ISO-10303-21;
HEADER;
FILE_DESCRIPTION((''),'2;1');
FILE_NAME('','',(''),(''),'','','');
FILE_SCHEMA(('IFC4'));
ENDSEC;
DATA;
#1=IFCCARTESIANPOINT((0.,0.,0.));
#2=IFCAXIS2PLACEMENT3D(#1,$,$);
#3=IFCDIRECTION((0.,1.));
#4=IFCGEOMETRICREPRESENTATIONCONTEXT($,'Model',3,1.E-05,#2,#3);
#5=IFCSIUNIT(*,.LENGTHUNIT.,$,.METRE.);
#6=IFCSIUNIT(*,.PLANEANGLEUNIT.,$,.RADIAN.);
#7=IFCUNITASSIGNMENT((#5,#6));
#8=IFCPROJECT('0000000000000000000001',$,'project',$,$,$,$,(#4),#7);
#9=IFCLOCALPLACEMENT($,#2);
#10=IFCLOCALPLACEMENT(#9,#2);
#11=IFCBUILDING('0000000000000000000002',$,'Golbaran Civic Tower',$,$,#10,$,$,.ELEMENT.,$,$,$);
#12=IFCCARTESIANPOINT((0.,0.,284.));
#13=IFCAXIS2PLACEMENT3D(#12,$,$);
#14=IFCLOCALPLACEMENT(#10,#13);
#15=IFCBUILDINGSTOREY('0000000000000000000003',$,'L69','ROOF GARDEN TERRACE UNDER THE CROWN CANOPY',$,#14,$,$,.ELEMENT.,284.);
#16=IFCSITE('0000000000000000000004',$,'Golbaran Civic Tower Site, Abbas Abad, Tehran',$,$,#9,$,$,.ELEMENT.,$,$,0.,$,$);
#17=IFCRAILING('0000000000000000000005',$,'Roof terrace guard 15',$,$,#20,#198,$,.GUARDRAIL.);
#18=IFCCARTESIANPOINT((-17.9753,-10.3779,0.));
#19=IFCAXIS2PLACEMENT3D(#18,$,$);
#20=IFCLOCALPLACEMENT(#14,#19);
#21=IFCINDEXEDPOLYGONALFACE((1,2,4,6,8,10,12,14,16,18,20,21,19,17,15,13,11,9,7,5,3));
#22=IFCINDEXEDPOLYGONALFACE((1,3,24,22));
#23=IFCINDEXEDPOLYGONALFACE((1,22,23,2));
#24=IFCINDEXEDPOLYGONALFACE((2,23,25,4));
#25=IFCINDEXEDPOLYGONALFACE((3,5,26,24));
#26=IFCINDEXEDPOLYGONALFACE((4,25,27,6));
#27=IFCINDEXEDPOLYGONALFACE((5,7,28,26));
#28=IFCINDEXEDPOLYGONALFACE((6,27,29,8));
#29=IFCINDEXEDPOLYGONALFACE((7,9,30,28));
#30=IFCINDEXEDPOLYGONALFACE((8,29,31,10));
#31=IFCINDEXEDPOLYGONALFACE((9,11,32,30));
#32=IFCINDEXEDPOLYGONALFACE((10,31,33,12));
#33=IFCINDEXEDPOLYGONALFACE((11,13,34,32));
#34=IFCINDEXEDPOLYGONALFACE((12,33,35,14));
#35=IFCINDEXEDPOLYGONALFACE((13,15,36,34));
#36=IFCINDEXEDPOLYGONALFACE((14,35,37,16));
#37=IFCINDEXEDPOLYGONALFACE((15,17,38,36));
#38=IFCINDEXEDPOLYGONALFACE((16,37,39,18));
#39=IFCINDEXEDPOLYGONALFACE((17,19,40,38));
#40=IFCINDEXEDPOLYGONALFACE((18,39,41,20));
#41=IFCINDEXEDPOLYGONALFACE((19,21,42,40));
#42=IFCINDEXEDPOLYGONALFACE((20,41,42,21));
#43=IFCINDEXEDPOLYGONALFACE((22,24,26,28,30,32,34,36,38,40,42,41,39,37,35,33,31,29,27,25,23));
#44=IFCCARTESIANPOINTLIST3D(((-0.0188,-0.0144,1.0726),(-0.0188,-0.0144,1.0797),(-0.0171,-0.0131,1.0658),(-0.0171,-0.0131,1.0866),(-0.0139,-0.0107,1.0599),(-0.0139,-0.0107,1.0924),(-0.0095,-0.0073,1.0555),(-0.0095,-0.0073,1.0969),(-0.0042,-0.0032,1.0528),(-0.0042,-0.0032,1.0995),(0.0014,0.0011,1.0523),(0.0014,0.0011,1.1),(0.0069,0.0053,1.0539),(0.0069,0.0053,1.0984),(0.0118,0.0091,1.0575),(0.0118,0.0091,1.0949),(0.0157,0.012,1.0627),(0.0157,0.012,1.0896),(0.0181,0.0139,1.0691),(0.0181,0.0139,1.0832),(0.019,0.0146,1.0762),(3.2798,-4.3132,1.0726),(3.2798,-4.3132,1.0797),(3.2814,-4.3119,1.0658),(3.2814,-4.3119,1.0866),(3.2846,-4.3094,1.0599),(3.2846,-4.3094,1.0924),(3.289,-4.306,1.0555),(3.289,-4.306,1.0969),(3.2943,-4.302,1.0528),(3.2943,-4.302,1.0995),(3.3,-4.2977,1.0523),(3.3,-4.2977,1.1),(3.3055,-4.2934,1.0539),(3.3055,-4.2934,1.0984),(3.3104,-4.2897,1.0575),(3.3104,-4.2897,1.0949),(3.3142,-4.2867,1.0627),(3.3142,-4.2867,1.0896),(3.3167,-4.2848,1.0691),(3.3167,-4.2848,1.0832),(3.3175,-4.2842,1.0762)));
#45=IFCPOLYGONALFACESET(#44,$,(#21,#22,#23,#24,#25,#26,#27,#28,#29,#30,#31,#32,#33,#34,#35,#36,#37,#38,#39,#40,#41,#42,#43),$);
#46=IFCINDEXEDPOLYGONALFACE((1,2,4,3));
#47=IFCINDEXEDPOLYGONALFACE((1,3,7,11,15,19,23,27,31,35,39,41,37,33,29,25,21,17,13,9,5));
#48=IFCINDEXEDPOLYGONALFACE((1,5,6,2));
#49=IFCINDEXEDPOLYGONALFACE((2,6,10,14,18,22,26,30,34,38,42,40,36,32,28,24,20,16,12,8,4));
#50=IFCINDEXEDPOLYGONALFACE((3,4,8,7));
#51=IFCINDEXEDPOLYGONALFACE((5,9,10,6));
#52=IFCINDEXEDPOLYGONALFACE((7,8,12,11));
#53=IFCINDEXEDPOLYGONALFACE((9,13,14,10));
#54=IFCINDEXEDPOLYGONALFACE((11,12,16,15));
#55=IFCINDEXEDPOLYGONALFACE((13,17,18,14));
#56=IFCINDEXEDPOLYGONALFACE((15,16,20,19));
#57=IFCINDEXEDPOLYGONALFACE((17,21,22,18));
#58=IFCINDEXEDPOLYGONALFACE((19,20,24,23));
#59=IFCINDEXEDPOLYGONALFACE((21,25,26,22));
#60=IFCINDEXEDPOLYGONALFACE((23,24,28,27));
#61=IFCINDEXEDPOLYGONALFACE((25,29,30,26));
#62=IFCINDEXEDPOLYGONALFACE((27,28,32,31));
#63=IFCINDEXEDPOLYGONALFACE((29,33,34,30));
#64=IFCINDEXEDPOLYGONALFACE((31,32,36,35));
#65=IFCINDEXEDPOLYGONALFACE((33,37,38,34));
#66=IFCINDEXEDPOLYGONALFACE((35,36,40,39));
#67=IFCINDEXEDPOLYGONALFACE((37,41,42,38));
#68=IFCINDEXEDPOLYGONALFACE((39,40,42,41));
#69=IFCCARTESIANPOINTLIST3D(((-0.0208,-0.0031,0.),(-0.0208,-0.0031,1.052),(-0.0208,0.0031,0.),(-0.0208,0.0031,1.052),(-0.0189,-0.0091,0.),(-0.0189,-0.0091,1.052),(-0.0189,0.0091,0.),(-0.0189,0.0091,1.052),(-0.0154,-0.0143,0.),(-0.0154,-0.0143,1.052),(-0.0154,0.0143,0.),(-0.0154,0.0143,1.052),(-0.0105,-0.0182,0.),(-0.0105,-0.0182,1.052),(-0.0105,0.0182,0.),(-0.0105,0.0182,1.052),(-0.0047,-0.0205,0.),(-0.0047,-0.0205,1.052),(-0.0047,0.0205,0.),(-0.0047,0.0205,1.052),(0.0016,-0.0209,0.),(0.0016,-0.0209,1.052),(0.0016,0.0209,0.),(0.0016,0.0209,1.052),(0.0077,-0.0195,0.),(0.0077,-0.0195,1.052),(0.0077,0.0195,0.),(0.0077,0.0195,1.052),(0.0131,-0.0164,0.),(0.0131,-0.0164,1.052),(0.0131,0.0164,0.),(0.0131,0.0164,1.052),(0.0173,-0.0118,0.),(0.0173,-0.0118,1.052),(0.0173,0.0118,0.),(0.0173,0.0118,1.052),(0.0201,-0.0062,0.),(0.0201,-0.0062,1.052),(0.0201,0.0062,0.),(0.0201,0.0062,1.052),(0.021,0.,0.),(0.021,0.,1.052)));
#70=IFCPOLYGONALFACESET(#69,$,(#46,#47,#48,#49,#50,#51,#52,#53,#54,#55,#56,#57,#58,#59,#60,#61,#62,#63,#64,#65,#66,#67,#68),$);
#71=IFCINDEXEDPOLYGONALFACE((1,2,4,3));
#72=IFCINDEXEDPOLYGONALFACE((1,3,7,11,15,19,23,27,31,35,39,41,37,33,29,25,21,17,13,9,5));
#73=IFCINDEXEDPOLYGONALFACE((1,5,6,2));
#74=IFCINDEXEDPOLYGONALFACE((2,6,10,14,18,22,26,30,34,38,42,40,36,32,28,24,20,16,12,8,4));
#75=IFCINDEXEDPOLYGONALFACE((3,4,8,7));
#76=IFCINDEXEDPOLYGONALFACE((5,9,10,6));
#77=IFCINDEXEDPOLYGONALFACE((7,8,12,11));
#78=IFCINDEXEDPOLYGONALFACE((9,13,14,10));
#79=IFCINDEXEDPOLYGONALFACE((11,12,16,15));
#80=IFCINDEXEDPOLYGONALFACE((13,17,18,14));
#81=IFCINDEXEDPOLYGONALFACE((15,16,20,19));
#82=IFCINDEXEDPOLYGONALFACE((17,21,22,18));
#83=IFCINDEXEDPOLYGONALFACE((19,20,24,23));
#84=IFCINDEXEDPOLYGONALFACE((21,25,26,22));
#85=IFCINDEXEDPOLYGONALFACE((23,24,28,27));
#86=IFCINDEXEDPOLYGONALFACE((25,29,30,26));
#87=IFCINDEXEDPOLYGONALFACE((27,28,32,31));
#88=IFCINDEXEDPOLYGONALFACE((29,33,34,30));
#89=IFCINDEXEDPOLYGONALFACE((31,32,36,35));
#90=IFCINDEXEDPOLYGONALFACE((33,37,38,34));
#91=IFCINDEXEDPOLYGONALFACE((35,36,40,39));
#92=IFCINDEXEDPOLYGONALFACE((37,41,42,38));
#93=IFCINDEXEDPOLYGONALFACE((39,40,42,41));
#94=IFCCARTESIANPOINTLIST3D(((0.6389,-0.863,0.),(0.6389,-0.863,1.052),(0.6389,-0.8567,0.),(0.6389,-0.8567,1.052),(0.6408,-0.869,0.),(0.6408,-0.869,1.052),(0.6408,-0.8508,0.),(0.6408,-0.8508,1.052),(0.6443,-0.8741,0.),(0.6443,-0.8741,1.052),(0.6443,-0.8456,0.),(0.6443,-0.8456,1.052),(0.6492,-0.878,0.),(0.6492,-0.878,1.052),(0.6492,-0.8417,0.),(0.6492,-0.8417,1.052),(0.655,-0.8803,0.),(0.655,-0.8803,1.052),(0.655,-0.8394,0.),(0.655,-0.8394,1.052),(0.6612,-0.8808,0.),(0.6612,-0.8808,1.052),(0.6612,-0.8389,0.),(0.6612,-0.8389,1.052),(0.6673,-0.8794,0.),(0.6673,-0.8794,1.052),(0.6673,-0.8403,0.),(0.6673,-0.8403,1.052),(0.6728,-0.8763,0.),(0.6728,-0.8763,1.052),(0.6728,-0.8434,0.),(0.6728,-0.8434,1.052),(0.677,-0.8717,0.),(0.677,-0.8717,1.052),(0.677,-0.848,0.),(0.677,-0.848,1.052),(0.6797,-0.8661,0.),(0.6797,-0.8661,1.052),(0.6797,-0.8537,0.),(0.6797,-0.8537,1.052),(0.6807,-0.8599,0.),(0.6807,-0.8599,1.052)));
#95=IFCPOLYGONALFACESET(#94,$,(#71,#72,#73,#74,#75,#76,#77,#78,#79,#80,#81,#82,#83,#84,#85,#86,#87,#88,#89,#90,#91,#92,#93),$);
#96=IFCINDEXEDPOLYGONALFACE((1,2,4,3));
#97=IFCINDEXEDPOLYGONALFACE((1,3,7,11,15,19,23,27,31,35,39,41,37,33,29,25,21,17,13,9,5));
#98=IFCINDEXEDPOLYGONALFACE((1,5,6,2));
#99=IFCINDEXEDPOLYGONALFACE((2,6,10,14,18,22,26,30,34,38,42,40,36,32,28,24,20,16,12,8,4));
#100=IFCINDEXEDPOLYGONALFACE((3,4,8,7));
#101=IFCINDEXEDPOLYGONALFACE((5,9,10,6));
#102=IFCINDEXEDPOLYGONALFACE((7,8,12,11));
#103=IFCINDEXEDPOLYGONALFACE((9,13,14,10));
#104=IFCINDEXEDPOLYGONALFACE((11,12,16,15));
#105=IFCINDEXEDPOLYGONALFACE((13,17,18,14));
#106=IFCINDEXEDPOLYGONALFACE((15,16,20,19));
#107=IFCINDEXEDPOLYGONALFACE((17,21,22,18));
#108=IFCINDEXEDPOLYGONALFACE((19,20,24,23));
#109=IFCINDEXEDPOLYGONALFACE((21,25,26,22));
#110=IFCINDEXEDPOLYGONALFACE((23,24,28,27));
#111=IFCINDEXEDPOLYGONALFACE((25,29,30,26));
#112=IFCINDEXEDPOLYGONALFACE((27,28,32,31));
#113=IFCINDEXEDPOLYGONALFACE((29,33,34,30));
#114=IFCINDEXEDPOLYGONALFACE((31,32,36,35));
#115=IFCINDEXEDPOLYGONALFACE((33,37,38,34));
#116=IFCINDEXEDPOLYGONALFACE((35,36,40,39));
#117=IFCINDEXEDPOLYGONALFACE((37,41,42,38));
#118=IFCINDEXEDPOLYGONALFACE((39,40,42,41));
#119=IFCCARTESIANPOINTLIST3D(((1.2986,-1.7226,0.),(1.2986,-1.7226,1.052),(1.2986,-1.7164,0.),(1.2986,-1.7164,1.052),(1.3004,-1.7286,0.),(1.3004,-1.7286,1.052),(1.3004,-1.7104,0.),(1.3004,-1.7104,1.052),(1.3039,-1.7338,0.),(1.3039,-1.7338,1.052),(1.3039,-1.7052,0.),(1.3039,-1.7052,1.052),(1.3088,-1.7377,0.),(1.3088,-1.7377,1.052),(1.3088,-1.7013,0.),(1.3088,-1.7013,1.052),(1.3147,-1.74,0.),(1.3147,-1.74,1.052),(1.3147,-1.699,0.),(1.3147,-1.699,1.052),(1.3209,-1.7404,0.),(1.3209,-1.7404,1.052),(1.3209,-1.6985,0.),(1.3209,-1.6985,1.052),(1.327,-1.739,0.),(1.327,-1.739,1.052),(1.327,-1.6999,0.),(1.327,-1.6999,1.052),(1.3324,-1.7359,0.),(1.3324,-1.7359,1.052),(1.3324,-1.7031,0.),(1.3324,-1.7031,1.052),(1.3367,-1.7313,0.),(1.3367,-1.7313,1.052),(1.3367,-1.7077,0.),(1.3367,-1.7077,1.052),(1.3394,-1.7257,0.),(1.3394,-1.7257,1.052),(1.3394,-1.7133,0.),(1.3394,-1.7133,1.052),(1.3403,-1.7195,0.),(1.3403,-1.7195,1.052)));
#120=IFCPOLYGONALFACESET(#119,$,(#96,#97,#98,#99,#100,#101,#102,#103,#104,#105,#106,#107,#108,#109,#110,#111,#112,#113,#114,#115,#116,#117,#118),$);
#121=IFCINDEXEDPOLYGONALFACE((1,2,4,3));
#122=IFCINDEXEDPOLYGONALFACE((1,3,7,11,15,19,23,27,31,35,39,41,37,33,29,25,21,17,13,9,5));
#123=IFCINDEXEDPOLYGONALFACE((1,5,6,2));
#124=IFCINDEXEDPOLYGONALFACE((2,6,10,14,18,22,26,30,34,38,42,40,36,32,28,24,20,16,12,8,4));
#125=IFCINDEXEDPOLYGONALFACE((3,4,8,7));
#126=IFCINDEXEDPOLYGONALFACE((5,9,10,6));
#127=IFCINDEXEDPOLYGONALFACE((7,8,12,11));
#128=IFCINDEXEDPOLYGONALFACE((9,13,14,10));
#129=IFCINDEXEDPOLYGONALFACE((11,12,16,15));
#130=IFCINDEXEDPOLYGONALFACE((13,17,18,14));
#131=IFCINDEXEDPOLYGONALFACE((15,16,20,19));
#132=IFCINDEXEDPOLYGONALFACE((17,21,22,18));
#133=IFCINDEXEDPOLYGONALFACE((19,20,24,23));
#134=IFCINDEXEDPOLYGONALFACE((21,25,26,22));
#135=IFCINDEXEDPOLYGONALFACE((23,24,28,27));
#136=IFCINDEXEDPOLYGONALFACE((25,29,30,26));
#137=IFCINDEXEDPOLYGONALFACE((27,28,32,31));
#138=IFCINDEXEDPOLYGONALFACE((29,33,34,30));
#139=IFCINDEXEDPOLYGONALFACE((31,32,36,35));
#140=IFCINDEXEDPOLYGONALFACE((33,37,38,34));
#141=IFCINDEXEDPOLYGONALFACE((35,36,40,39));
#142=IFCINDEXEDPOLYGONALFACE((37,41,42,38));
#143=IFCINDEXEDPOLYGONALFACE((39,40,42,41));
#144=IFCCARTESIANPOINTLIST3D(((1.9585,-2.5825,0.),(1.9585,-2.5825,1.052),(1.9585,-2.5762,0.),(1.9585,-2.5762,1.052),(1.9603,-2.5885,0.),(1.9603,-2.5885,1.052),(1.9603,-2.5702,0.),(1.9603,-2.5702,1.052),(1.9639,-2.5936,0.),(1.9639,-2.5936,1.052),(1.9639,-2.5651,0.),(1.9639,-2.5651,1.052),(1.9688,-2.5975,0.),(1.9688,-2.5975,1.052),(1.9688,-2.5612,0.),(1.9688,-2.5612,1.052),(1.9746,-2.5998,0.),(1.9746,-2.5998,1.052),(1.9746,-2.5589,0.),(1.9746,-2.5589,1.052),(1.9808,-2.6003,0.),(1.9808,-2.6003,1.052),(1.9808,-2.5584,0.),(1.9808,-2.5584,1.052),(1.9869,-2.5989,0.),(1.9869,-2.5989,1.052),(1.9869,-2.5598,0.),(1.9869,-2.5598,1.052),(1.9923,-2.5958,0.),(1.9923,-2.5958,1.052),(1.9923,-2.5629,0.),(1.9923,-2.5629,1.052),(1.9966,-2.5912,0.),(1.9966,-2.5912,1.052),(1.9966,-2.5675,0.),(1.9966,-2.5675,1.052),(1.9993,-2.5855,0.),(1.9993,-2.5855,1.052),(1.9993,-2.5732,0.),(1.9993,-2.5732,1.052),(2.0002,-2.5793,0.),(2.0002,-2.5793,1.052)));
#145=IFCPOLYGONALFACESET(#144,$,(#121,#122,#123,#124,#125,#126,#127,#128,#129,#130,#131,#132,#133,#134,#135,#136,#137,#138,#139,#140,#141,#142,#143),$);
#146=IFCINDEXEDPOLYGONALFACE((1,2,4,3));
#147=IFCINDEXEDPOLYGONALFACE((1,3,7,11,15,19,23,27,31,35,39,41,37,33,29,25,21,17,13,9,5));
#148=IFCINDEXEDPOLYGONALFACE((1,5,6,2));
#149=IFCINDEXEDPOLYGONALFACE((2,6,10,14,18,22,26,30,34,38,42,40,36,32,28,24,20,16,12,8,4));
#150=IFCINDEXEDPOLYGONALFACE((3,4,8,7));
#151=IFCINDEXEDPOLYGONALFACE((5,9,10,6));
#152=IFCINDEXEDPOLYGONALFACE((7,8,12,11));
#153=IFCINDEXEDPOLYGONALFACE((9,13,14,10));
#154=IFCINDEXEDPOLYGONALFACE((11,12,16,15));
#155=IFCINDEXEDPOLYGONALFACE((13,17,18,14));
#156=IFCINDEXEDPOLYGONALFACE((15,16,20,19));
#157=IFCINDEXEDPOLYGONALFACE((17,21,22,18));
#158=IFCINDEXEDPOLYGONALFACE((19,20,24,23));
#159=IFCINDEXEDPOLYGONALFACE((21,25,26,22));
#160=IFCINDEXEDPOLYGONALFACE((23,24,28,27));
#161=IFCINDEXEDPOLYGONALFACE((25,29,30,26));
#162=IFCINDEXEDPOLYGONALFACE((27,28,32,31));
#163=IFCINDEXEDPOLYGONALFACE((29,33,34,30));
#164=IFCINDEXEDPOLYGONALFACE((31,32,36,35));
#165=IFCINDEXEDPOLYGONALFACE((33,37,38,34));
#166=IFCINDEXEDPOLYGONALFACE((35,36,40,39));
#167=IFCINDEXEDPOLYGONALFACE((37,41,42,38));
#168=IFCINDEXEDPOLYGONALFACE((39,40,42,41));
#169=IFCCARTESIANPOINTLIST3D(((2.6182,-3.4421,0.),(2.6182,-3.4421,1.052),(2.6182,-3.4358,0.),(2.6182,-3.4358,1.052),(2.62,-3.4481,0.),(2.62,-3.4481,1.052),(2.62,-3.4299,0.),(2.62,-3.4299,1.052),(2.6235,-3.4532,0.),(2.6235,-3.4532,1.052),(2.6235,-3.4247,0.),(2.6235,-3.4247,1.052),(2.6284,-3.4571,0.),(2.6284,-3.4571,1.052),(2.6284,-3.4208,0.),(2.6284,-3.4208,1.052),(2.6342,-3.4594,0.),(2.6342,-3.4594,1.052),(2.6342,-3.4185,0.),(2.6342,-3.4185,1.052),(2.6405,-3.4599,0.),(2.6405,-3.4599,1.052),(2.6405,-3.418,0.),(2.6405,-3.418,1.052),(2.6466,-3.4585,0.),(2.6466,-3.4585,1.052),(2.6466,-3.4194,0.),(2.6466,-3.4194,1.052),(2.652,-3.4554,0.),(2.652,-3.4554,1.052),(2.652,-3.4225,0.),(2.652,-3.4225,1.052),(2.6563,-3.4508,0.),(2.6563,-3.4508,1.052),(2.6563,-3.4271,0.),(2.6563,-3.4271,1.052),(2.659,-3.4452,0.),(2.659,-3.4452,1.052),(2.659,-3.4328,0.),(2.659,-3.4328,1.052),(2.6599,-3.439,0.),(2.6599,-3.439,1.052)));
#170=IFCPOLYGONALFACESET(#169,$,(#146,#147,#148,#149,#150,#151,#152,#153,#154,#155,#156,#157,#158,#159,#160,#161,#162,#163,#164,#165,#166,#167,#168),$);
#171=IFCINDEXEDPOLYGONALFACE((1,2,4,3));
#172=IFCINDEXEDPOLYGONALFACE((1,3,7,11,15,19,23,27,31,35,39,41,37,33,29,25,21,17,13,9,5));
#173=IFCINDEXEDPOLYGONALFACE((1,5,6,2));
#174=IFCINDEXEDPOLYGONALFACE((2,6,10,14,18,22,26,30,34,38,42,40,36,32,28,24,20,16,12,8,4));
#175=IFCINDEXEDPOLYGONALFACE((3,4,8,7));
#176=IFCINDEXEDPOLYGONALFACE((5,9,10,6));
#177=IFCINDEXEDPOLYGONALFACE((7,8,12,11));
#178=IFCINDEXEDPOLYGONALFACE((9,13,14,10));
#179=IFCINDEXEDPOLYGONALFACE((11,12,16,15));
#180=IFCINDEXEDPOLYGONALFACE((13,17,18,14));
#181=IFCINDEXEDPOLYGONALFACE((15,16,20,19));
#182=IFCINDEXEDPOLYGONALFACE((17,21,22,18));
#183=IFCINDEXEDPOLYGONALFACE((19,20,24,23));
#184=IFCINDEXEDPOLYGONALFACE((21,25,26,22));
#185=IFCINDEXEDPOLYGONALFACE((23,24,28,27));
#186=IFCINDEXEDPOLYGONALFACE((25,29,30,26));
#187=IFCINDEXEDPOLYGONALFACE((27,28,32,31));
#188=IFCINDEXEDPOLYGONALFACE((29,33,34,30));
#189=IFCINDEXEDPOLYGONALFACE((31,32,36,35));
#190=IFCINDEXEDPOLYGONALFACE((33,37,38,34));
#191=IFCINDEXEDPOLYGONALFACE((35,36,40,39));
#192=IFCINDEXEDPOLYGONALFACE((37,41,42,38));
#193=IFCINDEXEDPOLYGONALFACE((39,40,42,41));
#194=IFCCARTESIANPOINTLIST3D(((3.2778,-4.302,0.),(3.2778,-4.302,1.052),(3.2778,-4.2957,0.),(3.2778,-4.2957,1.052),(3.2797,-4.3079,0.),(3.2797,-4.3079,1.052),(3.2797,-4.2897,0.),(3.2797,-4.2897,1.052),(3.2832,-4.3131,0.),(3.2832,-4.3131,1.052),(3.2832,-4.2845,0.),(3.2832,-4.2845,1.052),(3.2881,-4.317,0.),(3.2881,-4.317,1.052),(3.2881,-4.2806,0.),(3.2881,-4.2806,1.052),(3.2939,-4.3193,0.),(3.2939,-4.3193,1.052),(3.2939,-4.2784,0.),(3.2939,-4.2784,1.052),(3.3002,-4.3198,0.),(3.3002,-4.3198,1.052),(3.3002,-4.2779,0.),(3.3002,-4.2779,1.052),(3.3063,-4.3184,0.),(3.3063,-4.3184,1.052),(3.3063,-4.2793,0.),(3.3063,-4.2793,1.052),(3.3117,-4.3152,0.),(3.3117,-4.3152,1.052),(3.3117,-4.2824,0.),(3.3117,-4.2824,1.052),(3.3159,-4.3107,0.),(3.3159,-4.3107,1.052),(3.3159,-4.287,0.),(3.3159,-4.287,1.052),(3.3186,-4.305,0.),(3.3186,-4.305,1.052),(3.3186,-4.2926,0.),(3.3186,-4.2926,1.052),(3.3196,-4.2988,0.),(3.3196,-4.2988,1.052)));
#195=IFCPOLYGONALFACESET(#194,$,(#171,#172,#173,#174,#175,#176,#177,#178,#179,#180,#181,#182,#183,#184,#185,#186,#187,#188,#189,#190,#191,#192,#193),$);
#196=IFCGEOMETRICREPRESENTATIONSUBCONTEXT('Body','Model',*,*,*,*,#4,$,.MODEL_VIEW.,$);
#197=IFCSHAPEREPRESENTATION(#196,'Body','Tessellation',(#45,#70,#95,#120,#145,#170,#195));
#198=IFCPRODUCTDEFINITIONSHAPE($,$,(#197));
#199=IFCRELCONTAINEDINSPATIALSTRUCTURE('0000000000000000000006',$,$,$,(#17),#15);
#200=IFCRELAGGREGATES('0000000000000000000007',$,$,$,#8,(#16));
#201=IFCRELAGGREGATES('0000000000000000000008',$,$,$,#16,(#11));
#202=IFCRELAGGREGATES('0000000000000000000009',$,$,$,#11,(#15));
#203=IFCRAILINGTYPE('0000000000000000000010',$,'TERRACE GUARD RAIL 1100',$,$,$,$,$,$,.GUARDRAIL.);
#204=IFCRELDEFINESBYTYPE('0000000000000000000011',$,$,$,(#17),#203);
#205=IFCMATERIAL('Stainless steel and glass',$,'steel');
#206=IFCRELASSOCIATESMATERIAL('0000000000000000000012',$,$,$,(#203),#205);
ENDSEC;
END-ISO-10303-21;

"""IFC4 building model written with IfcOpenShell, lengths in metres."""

from ifc_helpers import new_model, si_unit, direction, frame, origin, origin_2d, place, context, subcontext, project, spatial, circle, extrude, material, type_object, element, save


model = new_model("IFC4")

# Units and contexts
model_context = context("Model", 3, precision=1e-05, world=origin(), true_north=direction((0.0, 1.0)))
body_context = subcontext(model_context, "Body", "Model", "MODEL_VIEW")
ifc_project = project(units=[si_unit("LENGTHUNIT", "METRE"), si_unit("PLANEANGLEUNIT", "RADIAN")], contexts=[model_context])

# Site, building, storey
site_placement = place(None, origin())
site = spatial("IfcSite", under=ifc_project, at=site_placement, Name="Golbaran Civic Tower Site, Abbas Abad, Tehran", CompositionType="ELEMENT", RefElevation=0.0)
building_placement = place(site_placement, origin())
building = spatial("IfcBuilding", under=site, at=building_placement, Name="Golbaran Civic Tower", CompositionType="ELEMENT")
storey_placement = place(building_placement, frame((0.0, 0.0, 284.0)))
storey = spatial("IfcBuildingStorey", under=building, at=storey_placement, Name="L69", Description="ROOF GARDEN TERRACE UNDER THE CROWN CANOPY", CompositionType="ELEMENT", Elevation=284.0)

# Railing
ifc_material_1 = material(Name="Stainless steel and glass", Category="steel")
railing_type = type_object("IfcRailingType", Name="TERRACE GUARD RAIL 1100", PredefinedType="GUARDRAIL", material=ifc_material_1)
railing_1_placement = place(storey_placement, frame((-17.9753, -10.3779, 0.0)))
element("IfcRailing", 1, at=railing_1_placement, inside=storey, type_object=railing_type, Name="Roof terrace guard 15", PredefinedType="GUARDRAIL", context=body_context, shape_type="SweptSolid", body=[
    extrude(circle(Radius=0.0239, at=origin_2d()), frame((0.0, 0.0, 1.0762), z_axis=(0.608759, -0.793355, 0.0), x_axis=(0.793355, 0.608759, 0.0)), (0.0, 0.0, 1.0), 5.4185),
    extrude(circle(Radius=0.021, at=origin_2d()), origin(), (0.0, 0.0, 1.0), 1.052),
    extrude(circle(Radius=0.021, at=origin_2d()), frame((0.6597, -0.8599, 0.0)), (0.0, 0.0, 1.0), 1.052),
    extrude(circle(Radius=0.021, at=origin_2d()), frame((1.3193, -1.7195, 0.0)), (0.0, 0.0, 1.0), 1.052),
    extrude(circle(Radius=0.021, at=origin_2d()), frame((1.9792, -2.5793, 0.0)), (0.0, 0.0, 1.0), 1.052),
    extrude(circle(Radius=0.021, at=origin_2d()), frame((2.6389, -3.439, 0.0)), (0.0, 0.0, 1.0), 1.052),
    extrude(circle(Radius=0.021, at=origin_2d()), frame((3.2986, -4.2988, 0.0)), (0.0, 0.0, 1.0), 1.052),
])

save(model, "model.ifc")
